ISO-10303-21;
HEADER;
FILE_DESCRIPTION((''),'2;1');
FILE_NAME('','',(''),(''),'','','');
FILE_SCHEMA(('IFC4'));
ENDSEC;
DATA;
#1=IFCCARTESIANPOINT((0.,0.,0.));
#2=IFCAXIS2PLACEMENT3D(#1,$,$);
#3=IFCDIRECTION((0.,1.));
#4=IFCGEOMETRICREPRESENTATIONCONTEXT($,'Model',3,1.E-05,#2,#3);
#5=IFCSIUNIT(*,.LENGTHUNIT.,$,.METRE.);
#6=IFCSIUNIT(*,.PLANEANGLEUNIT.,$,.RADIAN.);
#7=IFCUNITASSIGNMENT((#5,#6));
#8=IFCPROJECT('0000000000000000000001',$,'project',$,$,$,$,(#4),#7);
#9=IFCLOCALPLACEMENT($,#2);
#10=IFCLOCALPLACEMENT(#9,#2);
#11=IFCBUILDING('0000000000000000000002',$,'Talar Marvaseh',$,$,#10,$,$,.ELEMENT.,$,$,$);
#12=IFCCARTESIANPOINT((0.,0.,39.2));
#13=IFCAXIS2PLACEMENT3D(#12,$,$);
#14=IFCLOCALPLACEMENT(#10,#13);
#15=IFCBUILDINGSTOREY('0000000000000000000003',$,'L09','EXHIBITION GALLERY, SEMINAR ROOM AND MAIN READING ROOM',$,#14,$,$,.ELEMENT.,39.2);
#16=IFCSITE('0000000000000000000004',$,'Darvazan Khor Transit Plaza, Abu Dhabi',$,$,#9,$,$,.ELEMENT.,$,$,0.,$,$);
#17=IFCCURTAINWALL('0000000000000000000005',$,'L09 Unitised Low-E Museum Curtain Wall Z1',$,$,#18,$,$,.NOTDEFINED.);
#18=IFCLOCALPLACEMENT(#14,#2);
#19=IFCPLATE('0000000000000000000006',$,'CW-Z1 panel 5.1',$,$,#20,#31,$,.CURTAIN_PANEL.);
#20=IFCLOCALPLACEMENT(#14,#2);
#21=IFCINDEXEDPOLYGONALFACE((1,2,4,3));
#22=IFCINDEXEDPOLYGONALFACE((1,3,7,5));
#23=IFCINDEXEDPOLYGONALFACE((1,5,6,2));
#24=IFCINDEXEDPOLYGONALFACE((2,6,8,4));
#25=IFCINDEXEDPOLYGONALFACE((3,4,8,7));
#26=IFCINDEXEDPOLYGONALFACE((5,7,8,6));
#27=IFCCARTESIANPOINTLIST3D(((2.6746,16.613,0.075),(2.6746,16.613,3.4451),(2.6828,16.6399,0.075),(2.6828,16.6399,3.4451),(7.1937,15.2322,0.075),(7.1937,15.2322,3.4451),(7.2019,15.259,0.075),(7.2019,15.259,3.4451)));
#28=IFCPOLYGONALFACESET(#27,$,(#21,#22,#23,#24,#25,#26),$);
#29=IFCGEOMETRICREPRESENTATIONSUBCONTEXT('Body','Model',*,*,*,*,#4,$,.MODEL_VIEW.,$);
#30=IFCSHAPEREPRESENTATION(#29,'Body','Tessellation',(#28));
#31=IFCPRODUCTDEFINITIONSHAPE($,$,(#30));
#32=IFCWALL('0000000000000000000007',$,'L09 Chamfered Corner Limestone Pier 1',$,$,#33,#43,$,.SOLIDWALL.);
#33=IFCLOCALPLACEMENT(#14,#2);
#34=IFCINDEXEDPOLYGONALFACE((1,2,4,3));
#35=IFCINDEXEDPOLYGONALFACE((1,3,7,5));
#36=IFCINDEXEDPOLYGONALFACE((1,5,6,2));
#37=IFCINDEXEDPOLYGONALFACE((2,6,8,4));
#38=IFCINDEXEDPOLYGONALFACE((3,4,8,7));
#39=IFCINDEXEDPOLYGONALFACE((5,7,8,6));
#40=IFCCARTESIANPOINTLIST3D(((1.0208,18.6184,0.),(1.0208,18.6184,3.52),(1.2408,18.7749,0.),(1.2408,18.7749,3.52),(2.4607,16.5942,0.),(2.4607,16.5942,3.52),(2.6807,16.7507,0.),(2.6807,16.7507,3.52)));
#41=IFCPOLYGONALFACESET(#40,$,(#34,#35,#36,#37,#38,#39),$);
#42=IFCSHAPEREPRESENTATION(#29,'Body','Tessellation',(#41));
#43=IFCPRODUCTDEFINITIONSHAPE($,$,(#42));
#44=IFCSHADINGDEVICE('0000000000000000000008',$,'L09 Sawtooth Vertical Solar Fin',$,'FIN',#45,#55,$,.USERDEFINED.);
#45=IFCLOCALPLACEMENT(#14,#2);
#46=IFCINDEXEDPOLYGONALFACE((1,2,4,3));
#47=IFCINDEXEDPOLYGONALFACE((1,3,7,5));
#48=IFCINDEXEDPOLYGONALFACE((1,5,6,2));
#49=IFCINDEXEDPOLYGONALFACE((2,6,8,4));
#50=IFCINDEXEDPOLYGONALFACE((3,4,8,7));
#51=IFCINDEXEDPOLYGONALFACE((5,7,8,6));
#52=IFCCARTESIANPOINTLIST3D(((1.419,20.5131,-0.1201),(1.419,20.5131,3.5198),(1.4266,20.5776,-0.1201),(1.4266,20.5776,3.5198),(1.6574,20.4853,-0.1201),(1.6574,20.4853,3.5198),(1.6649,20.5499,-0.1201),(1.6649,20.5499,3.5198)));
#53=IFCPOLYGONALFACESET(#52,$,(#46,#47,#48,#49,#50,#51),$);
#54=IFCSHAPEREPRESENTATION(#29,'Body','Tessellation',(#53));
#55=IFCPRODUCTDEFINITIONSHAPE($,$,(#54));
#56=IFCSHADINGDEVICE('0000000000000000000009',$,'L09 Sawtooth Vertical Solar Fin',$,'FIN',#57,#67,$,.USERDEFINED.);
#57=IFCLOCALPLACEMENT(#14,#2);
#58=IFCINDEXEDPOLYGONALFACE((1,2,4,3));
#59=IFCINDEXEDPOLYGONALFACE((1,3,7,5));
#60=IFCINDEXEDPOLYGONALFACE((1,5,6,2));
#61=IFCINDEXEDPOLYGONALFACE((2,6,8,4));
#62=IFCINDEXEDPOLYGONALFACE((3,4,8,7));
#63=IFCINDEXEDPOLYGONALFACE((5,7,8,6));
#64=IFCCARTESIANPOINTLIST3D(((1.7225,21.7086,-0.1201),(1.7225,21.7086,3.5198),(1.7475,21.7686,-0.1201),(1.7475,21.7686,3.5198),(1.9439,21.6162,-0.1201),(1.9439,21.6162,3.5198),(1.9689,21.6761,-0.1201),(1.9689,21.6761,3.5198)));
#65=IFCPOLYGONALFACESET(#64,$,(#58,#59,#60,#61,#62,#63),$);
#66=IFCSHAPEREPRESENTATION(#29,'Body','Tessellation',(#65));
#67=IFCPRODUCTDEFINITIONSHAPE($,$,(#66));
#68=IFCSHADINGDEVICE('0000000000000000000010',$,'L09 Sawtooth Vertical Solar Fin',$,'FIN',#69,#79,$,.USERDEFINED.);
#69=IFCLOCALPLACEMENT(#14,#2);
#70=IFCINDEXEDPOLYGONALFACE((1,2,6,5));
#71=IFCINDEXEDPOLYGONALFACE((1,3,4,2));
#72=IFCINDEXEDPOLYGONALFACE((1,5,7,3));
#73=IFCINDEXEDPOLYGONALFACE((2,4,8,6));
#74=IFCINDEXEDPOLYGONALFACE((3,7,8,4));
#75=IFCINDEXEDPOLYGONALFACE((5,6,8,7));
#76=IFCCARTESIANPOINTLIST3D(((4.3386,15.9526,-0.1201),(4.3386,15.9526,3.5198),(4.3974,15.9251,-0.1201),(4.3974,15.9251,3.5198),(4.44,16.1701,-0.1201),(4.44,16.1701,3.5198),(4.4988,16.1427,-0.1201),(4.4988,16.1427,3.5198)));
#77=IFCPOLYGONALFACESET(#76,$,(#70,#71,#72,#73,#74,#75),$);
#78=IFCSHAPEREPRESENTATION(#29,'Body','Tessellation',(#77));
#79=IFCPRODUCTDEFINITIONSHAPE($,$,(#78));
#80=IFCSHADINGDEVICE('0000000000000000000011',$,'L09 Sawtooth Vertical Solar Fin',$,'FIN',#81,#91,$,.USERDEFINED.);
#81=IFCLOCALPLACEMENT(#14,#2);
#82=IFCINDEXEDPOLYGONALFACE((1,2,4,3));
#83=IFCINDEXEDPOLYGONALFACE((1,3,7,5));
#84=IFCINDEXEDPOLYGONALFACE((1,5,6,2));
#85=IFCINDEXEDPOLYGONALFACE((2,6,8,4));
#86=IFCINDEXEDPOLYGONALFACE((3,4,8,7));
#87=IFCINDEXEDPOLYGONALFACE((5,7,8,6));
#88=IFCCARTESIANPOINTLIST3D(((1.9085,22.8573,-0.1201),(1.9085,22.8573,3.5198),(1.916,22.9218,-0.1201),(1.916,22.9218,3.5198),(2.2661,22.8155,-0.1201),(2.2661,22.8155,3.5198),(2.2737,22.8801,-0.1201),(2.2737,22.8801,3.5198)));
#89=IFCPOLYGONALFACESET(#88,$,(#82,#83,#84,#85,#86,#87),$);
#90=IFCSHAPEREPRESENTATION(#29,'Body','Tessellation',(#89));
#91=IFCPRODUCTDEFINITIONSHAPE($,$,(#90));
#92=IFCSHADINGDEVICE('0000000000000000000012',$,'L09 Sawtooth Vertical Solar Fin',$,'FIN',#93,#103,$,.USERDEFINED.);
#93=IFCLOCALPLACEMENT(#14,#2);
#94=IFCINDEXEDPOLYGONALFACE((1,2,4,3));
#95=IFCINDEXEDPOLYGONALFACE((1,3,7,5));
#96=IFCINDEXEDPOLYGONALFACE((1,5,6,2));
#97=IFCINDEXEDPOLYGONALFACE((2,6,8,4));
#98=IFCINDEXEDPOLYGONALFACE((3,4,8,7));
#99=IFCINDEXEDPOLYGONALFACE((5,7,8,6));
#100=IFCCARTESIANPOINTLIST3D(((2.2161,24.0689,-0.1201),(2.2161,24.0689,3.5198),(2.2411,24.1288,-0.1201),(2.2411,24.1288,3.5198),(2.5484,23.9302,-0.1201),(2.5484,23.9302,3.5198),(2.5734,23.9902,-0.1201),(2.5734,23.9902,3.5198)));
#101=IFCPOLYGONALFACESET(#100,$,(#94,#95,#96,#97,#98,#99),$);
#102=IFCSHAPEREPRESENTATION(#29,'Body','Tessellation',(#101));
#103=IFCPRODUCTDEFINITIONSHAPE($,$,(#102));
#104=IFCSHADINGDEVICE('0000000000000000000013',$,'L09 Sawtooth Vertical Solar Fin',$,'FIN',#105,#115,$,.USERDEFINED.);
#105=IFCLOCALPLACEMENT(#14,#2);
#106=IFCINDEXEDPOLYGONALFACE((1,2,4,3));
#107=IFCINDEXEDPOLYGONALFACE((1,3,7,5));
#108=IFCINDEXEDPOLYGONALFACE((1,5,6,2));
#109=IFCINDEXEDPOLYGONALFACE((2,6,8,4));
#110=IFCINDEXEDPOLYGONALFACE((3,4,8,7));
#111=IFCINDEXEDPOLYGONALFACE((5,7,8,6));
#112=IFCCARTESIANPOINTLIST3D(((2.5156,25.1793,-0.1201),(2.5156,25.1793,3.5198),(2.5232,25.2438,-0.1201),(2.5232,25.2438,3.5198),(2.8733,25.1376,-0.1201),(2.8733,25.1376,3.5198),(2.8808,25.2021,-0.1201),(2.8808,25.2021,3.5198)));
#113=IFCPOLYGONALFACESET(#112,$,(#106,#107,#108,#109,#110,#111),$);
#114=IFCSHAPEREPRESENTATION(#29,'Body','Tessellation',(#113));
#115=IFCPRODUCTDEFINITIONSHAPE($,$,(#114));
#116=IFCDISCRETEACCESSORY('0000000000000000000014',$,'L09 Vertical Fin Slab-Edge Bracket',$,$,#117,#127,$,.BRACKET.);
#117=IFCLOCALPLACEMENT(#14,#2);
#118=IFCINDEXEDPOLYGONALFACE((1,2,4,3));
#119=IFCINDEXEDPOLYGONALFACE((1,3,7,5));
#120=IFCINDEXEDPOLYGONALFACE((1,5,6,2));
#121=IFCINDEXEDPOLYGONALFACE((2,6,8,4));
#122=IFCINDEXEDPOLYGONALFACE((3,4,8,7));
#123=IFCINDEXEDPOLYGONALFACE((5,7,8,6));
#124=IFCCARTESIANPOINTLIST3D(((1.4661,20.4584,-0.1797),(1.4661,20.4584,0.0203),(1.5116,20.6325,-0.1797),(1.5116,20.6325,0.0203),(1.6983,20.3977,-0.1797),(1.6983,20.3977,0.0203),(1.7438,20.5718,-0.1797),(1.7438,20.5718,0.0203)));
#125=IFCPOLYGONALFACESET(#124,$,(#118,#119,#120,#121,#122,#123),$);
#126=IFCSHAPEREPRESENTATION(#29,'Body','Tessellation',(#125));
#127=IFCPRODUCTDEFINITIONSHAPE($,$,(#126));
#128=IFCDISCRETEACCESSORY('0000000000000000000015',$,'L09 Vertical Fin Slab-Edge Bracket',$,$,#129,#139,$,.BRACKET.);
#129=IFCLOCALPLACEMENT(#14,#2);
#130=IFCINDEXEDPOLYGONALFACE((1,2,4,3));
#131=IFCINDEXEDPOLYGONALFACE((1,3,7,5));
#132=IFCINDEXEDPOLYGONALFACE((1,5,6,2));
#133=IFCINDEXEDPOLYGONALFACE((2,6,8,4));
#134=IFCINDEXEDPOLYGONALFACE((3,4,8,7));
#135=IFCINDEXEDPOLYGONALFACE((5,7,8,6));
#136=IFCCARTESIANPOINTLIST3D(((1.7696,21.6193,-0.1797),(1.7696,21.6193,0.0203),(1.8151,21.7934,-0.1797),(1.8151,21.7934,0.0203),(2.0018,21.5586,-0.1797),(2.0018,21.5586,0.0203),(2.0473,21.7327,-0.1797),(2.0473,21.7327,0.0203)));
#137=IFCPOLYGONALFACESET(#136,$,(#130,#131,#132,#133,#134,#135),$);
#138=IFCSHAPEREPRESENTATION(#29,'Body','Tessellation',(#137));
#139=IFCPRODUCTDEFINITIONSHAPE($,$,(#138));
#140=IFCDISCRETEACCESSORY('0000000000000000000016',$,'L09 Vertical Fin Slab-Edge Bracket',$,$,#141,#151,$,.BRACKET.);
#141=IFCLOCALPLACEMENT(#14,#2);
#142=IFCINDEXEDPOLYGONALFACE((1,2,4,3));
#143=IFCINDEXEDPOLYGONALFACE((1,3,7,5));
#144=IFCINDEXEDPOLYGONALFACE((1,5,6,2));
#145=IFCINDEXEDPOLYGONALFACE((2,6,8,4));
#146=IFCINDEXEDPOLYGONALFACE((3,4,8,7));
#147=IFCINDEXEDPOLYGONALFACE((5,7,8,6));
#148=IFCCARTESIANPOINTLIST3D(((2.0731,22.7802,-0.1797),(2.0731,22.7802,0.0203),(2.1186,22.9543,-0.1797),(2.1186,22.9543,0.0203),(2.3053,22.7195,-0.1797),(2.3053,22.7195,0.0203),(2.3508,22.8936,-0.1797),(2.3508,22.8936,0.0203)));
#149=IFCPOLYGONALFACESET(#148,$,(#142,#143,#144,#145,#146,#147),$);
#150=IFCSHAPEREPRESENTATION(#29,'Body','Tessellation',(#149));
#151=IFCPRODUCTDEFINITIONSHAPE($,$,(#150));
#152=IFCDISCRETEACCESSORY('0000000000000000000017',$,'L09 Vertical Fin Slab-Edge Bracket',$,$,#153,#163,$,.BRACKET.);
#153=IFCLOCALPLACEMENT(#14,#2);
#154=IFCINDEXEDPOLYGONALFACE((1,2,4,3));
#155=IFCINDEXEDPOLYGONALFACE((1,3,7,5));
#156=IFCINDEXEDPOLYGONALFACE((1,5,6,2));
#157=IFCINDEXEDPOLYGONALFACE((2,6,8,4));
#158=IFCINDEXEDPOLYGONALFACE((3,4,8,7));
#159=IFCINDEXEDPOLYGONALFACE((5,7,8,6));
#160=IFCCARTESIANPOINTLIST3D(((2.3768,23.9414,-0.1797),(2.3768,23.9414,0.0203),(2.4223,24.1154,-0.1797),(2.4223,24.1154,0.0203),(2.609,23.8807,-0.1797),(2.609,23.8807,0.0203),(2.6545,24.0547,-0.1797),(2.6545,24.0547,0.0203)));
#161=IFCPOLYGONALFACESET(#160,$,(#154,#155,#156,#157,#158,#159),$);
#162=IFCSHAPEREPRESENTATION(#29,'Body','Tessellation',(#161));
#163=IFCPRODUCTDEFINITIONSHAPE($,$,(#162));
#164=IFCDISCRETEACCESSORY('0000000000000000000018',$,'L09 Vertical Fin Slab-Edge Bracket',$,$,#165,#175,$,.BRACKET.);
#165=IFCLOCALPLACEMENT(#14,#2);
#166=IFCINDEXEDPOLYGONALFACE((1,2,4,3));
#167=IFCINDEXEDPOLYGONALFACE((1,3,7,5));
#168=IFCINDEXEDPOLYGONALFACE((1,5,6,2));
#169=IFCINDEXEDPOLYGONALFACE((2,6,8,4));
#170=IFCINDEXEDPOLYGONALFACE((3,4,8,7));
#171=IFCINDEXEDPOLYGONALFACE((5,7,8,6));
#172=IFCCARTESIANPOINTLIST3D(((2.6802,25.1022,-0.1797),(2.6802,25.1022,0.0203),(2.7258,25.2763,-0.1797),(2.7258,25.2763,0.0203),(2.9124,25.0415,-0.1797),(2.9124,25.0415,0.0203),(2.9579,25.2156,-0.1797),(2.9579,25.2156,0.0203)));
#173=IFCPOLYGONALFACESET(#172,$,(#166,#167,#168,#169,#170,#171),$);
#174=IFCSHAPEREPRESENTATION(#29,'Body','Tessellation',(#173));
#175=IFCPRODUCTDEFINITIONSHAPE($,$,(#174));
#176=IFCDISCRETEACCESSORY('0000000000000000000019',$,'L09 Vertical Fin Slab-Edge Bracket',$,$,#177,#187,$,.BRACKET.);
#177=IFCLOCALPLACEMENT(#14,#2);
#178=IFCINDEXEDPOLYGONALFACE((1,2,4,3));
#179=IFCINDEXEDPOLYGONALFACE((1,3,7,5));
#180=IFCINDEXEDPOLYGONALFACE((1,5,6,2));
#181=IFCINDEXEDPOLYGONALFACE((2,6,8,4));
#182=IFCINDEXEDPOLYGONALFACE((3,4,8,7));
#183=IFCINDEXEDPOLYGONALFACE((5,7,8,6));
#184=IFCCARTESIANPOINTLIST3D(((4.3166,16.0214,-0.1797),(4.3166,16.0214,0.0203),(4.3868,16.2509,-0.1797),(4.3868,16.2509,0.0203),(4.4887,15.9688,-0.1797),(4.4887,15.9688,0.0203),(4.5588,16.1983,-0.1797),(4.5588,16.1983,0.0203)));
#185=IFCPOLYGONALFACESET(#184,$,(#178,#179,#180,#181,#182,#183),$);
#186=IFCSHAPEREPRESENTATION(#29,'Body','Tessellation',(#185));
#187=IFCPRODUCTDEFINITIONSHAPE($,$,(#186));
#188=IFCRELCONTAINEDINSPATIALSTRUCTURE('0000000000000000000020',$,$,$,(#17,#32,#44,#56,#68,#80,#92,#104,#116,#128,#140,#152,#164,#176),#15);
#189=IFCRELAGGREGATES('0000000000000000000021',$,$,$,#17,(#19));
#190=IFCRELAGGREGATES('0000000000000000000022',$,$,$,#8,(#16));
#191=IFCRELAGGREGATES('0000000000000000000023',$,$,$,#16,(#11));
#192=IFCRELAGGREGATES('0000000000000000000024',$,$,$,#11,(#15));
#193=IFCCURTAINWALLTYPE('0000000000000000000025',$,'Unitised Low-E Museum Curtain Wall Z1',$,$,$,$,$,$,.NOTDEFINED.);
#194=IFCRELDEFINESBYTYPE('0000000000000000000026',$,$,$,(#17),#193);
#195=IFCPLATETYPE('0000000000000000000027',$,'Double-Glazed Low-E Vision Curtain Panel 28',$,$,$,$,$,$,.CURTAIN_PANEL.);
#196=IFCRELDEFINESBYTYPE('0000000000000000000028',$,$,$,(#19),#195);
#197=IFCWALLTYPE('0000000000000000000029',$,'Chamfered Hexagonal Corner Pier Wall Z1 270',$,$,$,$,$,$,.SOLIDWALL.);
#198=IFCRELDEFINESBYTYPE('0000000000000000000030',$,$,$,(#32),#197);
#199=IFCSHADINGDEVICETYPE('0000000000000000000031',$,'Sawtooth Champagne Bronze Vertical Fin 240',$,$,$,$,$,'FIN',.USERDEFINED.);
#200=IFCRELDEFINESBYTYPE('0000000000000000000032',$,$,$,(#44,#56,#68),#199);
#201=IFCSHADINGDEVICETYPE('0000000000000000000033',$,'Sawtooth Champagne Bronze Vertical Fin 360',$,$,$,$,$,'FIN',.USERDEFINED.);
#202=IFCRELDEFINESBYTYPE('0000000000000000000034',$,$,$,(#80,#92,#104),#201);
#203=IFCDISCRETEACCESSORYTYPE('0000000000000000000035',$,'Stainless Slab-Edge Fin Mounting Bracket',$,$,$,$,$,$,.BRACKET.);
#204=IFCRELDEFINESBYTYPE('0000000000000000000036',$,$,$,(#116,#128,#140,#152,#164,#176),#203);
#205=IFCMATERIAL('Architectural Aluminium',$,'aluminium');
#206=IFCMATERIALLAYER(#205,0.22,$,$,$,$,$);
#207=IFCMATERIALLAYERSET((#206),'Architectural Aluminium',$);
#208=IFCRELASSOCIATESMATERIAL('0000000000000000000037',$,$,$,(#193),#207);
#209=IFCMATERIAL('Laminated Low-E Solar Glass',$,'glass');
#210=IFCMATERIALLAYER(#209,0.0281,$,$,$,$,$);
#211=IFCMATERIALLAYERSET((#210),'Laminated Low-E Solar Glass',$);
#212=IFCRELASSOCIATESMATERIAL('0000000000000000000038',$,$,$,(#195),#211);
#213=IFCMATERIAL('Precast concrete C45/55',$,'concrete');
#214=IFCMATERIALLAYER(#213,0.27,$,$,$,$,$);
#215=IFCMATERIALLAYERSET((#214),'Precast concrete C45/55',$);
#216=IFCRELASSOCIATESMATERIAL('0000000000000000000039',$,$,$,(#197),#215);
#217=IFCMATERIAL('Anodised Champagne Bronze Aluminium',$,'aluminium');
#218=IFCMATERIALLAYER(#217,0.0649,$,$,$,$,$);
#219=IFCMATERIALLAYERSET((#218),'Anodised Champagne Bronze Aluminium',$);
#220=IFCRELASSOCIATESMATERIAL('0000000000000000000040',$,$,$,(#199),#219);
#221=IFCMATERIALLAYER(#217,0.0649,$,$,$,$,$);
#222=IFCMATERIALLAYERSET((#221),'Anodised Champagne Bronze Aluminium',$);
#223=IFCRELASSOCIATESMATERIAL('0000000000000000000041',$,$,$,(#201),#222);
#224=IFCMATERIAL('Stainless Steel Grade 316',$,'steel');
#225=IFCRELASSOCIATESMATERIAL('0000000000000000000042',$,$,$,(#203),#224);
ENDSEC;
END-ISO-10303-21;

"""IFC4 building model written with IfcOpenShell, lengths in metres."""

from ifc_helpers import new_model, si_unit, direction, frame, frame_2d, origin, origin_2d, place, context, subcontext, project, spatial, rectangle, extrude, source, transform, mapped, material, layer, layer_set, type_object, type_shapes, element, aggregate, save


model = new_model("IFC4")

# Units and contexts
model_context = context("Model", 3, precision=1e-05, world=origin(), true_north=direction((0.0, 1.0)))
body_context = subcontext(model_context, "Body", "Model", "MODEL_VIEW")
ifc_project = project(units=[si_unit("LENGTHUNIT", "METRE"), si_unit("PLANEANGLEUNIT", "RADIAN")], contexts=[model_context])

# Site, building, storey
site_placement = place(None, origin())
site = spatial("IfcSite", under=ifc_project, at=site_placement, Name="Darvazan Khor Transit Plaza, Abu Dhabi", CompositionType="ELEMENT", RefElevation=0.0)
building_placement = place(site_placement, origin())
building = spatial("IfcBuilding", under=site, at=building_placement, Name="Talar Marvaseh", CompositionType="ELEMENT")
storey_placement = place(building_placement, frame((0.0, 0.0, 39.2)))
storey = spatial("IfcBuildingStorey", under=building, at=storey_placement, Name="L09", Description="EXHIBITION GALLERY, SEMINAR ROOM AND MAIN READING ROOM", CompositionType="ELEMENT", Elevation=39.2)

# Shared definitions
ifc_material_1 = material(Name="Architectural Aluminium", Category="aluminium")
ifc_layer_1 = layer(ifc_material_1, 0.22)
ifc_layer_set_1 = layer_set([ifc_layer_1], Name="Architectural Aluminium")
curtain_wall_type = type_object("IfcCurtainWallType", Name="Unitised Low-E Museum Curtain Wall Z1", PredefinedType="NOTDEFINED", material=ifc_layer_set_1)

# Curtain wall
curtain_wall_1_placement = place(storey_placement, origin())
curtain_wall_1 = element("IfcCurtainWall", 1, at=curtain_wall_1_placement, inside=storey, type_object=curtain_wall_type, Name="L09 Unitised Low-E Museum Curtain Wall Z1", PredefinedType="NOTDEFINED")

# Plate
ifc_material_2 = material(Name="Laminated Low-E Solar Glass", Category="glass")
ifc_layer_2 = layer(ifc_material_2, 0.0281)
ifc_layer_set_2 = layer_set([ifc_layer_2], Name="Laminated Low-E Solar Glass")
plate_type = type_object("IfcPlateType", Name="Double-Glazed Low-E Vision Curtain Panel 28", PredefinedType="CURTAIN_PANEL", material=ifc_layer_set_2)
shared_shape_1 = source(origin(), body_context, "Body", "SweptSolid", [
    extrude(rectangle(XDim=4.7253, YDim=0.0281, at=origin_2d()), origin(), (0.0, 0.0, 1.0), 3.3701),
])
plate_1_placement = place(storey_placement, frame((4.9382, 15.936, 0.075), z_axis=(0.0, 0.0, 1.0), x_axis=(-0.95635, 0.292223, 0.0)))
plate_1 = element("IfcPlate", 2, at=plate_1_placement, type_object=plate_type, Name="CW-Z1 panel 5.1", PredefinedType="CURTAIN_PANEL", context=body_context, shape_type="MappedRepresentation", body=[
    mapped(shared_shape_1, transform((0.0, 0.0, 0.0), x_axis=(1.0, 0.0, 0.0), y_axis=(0.0, 1.0, 0.0), z_axis=(0.0, 0.0, 1.0), scale=1.0)),
])
aggregate(curtain_wall_1, [plate_1])

# Wall
ifc_material_3 = material(Name="Precast concrete C45/55", Category="concrete")
ifc_layer_3 = layer(ifc_material_3, 0.27)
ifc_layer_set_3 = layer_set([ifc_layer_3], Name="Precast concrete C45/55")
wall_type = type_object("IfcWallType", Name="Chamfered Hexagonal Corner Pier Wall Z1 270", PredefinedType="SOLIDWALL", material=ifc_layer_set_3)
wall_placement = place(storey_placement, frame((2.5708, 16.6724, 0.0), z_axis=(0.0, 0.0, 1.0), x_axis=(-0.579666, 0.814854, 0.0)))
element("IfcWall", 3, at=wall_placement, inside=storey, type_object=wall_type, Name="L09 Chamfered Corner Limestone Pier 1", PredefinedType="SOLIDWALL", context=body_context, shape_type="SweptSolid", body=[
    extrude(rectangle(XDim=2.4841, YDim=0.27, at=frame_2d((1.2422, 0.0))), origin(), (0.0, 0.0, 1.0), 3.52),
])

# Shading devices
ifc_material_4 = material(Name="Anodised Champagne Bronze Aluminium", Category="aluminium")
ifc_layer_4 = layer(ifc_material_4, 0.0649)
ifc_layer_set_4 = layer_set([ifc_layer_4], Name="Anodised Champagne Bronze Aluminium")
shading_device_type_1 = type_object("IfcShadingDeviceType", Name="Sawtooth Champagne Bronze Vertical Fin 240", ElementType="FIN", PredefinedType="USERDEFINED", material=ifc_layer_set_4)
shared_shape_2 = source(origin(), body_context, "Body", "SweptSolid", [
    extrude(rectangle(XDim=0.24, YDim=0.0649, at=origin_2d()), origin(), (0.0, 0.0, 1.0), 3.6399),
])
type_shapes(shading_device_type_1, [shared_shape_2])
for number, where, z_axis, x_axis, name in (
    (4, (1.542, 20.5315, -0.1201), (0.0, 0.0, 1.0), (-0.993272, 0.115804, 0.0), "L09 Sawtooth Vertical Solar Fin"),
    (5, (1.8457, 21.6924, -0.1201), (0.0, 0.0, 1.0), (-0.922875, 0.385101, 0.0), "L09 Sawtooth Vertical Solar Fin"),
    (6, (4.4187, 16.0476, -0.1201), (0.0, 0.0, 1.0), (-0.42246, -0.906382, 0.0), "L09 Sawtooth Vertical Solar Fin"),
):
    element("IfcShadingDevice", number, at=place(storey_placement, frame(where, z_axis=z_axis, x_axis=x_axis)), inside=storey, type_object=shading_device_type_1, Name=name, ObjectType="FIN", PredefinedType="USERDEFINED", context=body_context, shape_type="MappedRepresentation", body=[
        mapped(shared_shape_2, transform((0.0, 0.0, 0.0), x_axis=(1.0, 0.0, 0.0), y_axis=(0.0, 1.0, 0.0), z_axis=(0.0, 0.0, 1.0), scale=1.0)),
    ])
ifc_layer_5 = layer(ifc_material_4, 0.0649)
ifc_layer_set_5 = layer_set([ifc_layer_5], Name="Anodised Champagne Bronze Aluminium")
shading_device_type_2 = type_object("IfcShadingDeviceType", Name="Sawtooth Champagne Bronze Vertical Fin 360", ElementType="FIN", PredefinedType="USERDEFINED", material=ifc_layer_set_5)
shared_shape_3 = source(origin(), body_context, "Body", "SweptSolid", [
    extrude(rectangle(XDim=0.3601, YDim=0.0649, at=origin_2d()), origin(), (0.0, 0.0, 1.0), 3.6399),
])
type_shapes(shading_device_type_2, [shared_shape_3])
for number, where, z_axis, x_axis, name in (
    (7, (2.0911, 22.8687, -0.1201), (0.0, 0.0, 1.0), (-0.993272, 0.115804, 0.0), "L09 Sawtooth Vertical Solar Fin"),
    (8, (2.3948, 24.0295, -0.1201), (0.0, 0.0, 1.0), (-0.922875, 0.385101, 0.0), "L09 Sawtooth Vertical Solar Fin"),
    (9, (2.6982, 25.1907, -0.1201), (0.0, 0.0, 1.0), (-0.993272, 0.115804, 0.0), "L09 Sawtooth Vertical Solar Fin"),
):
    element("IfcShadingDevice", number, at=place(storey_placement, frame(where, z_axis=z_axis, x_axis=x_axis)), inside=storey, type_object=shading_device_type_2, Name=name, ObjectType="FIN", PredefinedType="USERDEFINED", context=body_context, shape_type="MappedRepresentation", body=[
        mapped(shared_shape_3, transform((0.0, 0.0, 0.0), x_axis=(1.0, 0.0, 0.0), y_axis=(0.0, 1.0, 0.0), z_axis=(0.0, 0.0, 1.0), scale=1.0)),
    ])

# Discrete accessories
ifc_material_5 = material(Name="Stainless Steel Grade 316", Category="steel")
discrete_accessory_type = type_object("IfcDiscreteAccessoryType", Name="Stainless Slab-Edge Fin Mounting Bracket", PredefinedType="BRACKET", material=ifc_material_5)
shared_shape_4 = source(origin(), body_context, "Body", "SweptSolid", [
    extrude(rectangle(XDim=0.24, YDim=0.1799, at=origin_2d()), origin(), (0.0, 0.0, 1.0), 0.2),
])
type_shapes(discrete_accessory_type, [shared_shape_4])
for number, where, z_axis, x_axis, name in (
    (10, (1.605, 20.5151, -0.1797), (0.0, 0.0, 1.0), (-0.967489, 0.252914, 0.0), "L09 Vertical Fin Slab-Edge Bracket"),
    (11, (1.9084, 21.676, -0.1797), (0.0, 0.0, 1.0), (-0.967489, 0.252914, 0.0), "L09 Vertical Fin Slab-Edge Bracket"),
    (12, (2.2119, 22.8369, -0.1797), (0.0, 0.0, 1.0), (-0.967489, 0.252914, 0.0), "L09 Vertical Fin Slab-Edge Bracket"),
    (13, (2.5156, 23.998, -0.1797), (0.0, 0.0, 1.0), (-0.967489, 0.252914, 0.0), "L09 Vertical Fin Slab-Edge Bracket"),
    (14, (2.8191, 25.1589, -0.1797), (0.0, 0.0, 1.0), (-0.967489, 0.252914, 0.0), "L09 Vertical Fin Slab-Edge Bracket"),
    (15, (4.4377, 16.1099, -0.1797), (0.0, 0.0, 1.0), (-0.292205, -0.956356, 0.0), "L09 Vertical Fin Slab-Edge Bracket"),
):
    element("IfcDiscreteAccessory", number, at=place(storey_placement, frame(where, z_axis=z_axis, x_axis=x_axis)), inside=storey, type_object=discrete_accessory_type, Name=name, PredefinedType="BRACKET", context=body_context, shape_type="MappedRepresentation", body=[
        mapped(shared_shape_4, transform((0.0, 0.0, 0.0), x_axis=(1.0, 0.0, 0.0), y_axis=(0.0, 1.0, 0.0), z_axis=(0.0, 0.0, 1.0), scale=1.0)),
    ])

save(model, "model.ifc")
